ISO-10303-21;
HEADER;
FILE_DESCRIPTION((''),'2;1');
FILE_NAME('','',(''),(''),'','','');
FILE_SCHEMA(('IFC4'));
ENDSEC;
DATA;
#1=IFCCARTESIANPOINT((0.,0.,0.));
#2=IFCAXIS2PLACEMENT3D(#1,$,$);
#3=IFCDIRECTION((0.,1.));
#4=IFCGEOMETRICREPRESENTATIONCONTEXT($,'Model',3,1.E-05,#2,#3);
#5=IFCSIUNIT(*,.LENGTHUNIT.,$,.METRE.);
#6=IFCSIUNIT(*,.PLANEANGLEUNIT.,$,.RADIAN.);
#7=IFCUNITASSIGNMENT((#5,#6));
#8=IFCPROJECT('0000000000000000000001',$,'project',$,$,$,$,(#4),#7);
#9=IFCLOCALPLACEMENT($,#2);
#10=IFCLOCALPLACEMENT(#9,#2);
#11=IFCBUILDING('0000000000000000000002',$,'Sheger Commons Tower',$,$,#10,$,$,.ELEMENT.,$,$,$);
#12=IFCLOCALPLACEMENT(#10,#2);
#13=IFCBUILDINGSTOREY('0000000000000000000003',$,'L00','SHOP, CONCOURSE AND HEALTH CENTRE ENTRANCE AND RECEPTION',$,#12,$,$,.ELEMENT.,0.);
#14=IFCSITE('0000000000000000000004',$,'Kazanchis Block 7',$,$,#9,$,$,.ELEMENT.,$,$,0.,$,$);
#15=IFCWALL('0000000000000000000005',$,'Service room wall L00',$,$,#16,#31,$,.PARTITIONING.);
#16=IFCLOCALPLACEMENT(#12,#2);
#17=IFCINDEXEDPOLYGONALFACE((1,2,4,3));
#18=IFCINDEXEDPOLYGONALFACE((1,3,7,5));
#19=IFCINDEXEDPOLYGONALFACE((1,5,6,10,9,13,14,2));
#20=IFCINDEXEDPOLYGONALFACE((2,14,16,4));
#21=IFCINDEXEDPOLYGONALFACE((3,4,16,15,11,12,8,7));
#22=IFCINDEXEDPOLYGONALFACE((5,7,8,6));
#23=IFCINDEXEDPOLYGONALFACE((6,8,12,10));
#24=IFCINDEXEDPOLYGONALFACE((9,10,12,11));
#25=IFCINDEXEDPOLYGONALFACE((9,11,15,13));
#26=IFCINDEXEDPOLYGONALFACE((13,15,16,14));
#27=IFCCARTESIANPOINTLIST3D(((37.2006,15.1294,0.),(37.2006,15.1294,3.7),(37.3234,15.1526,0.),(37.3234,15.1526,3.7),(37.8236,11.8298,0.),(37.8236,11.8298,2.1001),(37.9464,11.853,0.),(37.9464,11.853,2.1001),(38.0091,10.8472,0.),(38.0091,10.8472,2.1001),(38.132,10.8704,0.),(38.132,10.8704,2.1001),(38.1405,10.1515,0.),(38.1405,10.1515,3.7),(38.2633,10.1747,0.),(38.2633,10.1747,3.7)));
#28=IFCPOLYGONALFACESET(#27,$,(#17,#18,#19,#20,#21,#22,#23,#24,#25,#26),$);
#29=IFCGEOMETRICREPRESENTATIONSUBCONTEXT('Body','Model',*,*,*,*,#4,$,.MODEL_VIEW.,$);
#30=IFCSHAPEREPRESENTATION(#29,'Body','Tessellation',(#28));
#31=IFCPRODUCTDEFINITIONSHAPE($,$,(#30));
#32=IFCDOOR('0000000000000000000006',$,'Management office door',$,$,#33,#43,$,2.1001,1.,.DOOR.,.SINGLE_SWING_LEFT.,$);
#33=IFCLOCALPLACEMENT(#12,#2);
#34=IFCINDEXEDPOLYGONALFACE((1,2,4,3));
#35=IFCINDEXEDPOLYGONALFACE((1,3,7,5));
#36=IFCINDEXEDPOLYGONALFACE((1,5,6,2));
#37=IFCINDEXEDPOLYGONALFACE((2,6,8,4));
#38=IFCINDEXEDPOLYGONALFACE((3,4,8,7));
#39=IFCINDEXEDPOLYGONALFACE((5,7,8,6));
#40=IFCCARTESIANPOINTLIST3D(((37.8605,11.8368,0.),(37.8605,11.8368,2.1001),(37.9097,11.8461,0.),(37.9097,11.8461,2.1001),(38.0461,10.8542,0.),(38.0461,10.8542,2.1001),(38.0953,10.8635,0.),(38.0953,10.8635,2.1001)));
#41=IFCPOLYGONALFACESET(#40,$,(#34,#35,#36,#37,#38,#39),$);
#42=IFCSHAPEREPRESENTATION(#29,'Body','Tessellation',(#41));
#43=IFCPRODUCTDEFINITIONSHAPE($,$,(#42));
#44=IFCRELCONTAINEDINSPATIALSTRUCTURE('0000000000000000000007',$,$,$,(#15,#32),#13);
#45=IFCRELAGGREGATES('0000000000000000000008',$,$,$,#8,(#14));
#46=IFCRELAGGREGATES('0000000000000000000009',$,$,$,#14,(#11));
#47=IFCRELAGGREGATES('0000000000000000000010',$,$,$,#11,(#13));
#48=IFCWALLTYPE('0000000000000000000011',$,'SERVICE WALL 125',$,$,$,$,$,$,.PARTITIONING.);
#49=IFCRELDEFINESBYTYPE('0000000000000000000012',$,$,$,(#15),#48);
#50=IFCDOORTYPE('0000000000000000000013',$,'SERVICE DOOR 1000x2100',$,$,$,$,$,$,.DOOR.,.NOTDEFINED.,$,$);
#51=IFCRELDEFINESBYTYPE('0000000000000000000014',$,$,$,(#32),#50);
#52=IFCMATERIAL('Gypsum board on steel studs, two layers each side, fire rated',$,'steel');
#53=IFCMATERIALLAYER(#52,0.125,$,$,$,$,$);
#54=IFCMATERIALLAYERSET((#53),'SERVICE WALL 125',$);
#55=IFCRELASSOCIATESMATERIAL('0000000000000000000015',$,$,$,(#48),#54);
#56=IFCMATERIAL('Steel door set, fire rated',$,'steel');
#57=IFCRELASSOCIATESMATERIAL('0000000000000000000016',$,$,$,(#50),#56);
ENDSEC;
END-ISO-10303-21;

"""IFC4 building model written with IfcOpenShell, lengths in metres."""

from ifc_helpers import new_model, si_unit, direction, frame, frame_2d, origin, place, context, subcontext, project, spatial, rectangle, extrude, material, layer, layer_set, type_object, element, fill, save


model = new_model("IFC4")

# Units and contexts
model_context = context("Model", 3, precision=1e-05, world=origin(), true_north=direction((0.0, 1.0)))
body_context = subcontext(model_context, "Body", "Model", "MODEL_VIEW")
ifc_project = project(units=[si_unit("LENGTHUNIT", "METRE"), si_unit("PLANEANGLEUNIT", "RADIAN")], contexts=[model_context])

# Site, building, storey
site_placement = place(None, origin())
site = spatial("IfcSite", under=ifc_project, at=site_placement, Name="Kazanchis Block 7", CompositionType="ELEMENT", RefElevation=0.0)
building_placement = place(site_placement, origin())
building = spatial("IfcBuilding", under=site, at=building_placement, Name="Sheger Commons Tower", CompositionType="ELEMENT")
storey_placement = place(building_placement, origin())
storey = spatial("IfcBuildingStorey", under=building, at=storey_placement, Name="L00", Description="SHOP, CONCOURSE AND HEALTH CENTRE ENTRANCE AND RECEPTION", CompositionType="ELEMENT", Elevation=0.0)

# Shared definitions
ifc_material_1 = material(Name="Gypsum board on steel studs, two layers each side, fire rated", Category="steel")
ifc_layer_1 = layer(ifc_material_1, 0.125)
ifc_layer_set_1 = layer_set([ifc_layer_1], Name="SERVICE WALL 125")
wall_type_1 = type_object("IfcWallType", Name="SERVICE WALL 125", PredefinedType="PARTITIONING", material=ifc_layer_set_1)

# Wall, opening, door
wall_1_placement = place(storey_placement, frame((38.2019, 10.1631, 0.0), z_axis=(0.0, 0.0, 1.0), x_axis=(-0.18554, 0.982637, 0.0)))
wall_1 = element("IfcWall", 1, at=wall_1_placement, inside=storey, type_object=wall_type_1, Name="Service room wall L00", PredefinedType="PARTITIONING", context=body_context, shape_type="SweptSolid", body=[
    extrude(rectangle(XDim=5.0659, YDim=0.125, at=frame_2d((2.533, 0.0))), origin(), (0.0, 0.0, 1.0), 3.7),
])
opening_1_placement = place(wall_1_placement, frame((0.708, 0.0, 0.0)))
opening_1 = element("IfcOpeningElement", 2, at=opening_1_placement, cuts=wall_1, PredefinedType="OPENING", context=body_context, shape_type="SweptSolid", body=[
    extrude(rectangle(XDim=1.0, YDim=2.1001, at=frame_2d((0.5, 1.05))), frame((0.0, 0.0725, 0.0), z_axis=(0.0, -1.0, 0.0), x_axis=(1.0, 0.0, 0.0)), (0.0, 0.0, 1.0), 0.145),
])
ifc_material_2 = material(Name="Steel door set, fire rated", Category="steel")
door_type_1 = type_object("IfcDoorType", Name="SERVICE DOOR 1000x2100", OperationType="NOTDEFINED", PredefinedType="DOOR", material=ifc_material_2)
door_1_placement = place(opening_1_placement, origin())
door_1 = element("IfcDoor", 3, at=door_1_placement, inside=storey, type_object=door_type_1, Name="Management office door", OperationType="SINGLE_SWING_LEFT", OverallHeight=2.1001, OverallWidth=1.0, PredefinedType="DOOR", context=body_context, shape_type="SweptSolid", body=[
    extrude(rectangle(XDim=1.0, YDim=2.1001, at=frame_2d((0.5, 1.05))), frame((0.0, 0.0249, 0.0), z_axis=(0.0, -1.0, 0.0), x_axis=(1.0, 0.0, 0.0)), (0.0, 0.0, 1.0), 0.05),
])
fill(opening_1, door_1)

save(model, "model.ifc")
